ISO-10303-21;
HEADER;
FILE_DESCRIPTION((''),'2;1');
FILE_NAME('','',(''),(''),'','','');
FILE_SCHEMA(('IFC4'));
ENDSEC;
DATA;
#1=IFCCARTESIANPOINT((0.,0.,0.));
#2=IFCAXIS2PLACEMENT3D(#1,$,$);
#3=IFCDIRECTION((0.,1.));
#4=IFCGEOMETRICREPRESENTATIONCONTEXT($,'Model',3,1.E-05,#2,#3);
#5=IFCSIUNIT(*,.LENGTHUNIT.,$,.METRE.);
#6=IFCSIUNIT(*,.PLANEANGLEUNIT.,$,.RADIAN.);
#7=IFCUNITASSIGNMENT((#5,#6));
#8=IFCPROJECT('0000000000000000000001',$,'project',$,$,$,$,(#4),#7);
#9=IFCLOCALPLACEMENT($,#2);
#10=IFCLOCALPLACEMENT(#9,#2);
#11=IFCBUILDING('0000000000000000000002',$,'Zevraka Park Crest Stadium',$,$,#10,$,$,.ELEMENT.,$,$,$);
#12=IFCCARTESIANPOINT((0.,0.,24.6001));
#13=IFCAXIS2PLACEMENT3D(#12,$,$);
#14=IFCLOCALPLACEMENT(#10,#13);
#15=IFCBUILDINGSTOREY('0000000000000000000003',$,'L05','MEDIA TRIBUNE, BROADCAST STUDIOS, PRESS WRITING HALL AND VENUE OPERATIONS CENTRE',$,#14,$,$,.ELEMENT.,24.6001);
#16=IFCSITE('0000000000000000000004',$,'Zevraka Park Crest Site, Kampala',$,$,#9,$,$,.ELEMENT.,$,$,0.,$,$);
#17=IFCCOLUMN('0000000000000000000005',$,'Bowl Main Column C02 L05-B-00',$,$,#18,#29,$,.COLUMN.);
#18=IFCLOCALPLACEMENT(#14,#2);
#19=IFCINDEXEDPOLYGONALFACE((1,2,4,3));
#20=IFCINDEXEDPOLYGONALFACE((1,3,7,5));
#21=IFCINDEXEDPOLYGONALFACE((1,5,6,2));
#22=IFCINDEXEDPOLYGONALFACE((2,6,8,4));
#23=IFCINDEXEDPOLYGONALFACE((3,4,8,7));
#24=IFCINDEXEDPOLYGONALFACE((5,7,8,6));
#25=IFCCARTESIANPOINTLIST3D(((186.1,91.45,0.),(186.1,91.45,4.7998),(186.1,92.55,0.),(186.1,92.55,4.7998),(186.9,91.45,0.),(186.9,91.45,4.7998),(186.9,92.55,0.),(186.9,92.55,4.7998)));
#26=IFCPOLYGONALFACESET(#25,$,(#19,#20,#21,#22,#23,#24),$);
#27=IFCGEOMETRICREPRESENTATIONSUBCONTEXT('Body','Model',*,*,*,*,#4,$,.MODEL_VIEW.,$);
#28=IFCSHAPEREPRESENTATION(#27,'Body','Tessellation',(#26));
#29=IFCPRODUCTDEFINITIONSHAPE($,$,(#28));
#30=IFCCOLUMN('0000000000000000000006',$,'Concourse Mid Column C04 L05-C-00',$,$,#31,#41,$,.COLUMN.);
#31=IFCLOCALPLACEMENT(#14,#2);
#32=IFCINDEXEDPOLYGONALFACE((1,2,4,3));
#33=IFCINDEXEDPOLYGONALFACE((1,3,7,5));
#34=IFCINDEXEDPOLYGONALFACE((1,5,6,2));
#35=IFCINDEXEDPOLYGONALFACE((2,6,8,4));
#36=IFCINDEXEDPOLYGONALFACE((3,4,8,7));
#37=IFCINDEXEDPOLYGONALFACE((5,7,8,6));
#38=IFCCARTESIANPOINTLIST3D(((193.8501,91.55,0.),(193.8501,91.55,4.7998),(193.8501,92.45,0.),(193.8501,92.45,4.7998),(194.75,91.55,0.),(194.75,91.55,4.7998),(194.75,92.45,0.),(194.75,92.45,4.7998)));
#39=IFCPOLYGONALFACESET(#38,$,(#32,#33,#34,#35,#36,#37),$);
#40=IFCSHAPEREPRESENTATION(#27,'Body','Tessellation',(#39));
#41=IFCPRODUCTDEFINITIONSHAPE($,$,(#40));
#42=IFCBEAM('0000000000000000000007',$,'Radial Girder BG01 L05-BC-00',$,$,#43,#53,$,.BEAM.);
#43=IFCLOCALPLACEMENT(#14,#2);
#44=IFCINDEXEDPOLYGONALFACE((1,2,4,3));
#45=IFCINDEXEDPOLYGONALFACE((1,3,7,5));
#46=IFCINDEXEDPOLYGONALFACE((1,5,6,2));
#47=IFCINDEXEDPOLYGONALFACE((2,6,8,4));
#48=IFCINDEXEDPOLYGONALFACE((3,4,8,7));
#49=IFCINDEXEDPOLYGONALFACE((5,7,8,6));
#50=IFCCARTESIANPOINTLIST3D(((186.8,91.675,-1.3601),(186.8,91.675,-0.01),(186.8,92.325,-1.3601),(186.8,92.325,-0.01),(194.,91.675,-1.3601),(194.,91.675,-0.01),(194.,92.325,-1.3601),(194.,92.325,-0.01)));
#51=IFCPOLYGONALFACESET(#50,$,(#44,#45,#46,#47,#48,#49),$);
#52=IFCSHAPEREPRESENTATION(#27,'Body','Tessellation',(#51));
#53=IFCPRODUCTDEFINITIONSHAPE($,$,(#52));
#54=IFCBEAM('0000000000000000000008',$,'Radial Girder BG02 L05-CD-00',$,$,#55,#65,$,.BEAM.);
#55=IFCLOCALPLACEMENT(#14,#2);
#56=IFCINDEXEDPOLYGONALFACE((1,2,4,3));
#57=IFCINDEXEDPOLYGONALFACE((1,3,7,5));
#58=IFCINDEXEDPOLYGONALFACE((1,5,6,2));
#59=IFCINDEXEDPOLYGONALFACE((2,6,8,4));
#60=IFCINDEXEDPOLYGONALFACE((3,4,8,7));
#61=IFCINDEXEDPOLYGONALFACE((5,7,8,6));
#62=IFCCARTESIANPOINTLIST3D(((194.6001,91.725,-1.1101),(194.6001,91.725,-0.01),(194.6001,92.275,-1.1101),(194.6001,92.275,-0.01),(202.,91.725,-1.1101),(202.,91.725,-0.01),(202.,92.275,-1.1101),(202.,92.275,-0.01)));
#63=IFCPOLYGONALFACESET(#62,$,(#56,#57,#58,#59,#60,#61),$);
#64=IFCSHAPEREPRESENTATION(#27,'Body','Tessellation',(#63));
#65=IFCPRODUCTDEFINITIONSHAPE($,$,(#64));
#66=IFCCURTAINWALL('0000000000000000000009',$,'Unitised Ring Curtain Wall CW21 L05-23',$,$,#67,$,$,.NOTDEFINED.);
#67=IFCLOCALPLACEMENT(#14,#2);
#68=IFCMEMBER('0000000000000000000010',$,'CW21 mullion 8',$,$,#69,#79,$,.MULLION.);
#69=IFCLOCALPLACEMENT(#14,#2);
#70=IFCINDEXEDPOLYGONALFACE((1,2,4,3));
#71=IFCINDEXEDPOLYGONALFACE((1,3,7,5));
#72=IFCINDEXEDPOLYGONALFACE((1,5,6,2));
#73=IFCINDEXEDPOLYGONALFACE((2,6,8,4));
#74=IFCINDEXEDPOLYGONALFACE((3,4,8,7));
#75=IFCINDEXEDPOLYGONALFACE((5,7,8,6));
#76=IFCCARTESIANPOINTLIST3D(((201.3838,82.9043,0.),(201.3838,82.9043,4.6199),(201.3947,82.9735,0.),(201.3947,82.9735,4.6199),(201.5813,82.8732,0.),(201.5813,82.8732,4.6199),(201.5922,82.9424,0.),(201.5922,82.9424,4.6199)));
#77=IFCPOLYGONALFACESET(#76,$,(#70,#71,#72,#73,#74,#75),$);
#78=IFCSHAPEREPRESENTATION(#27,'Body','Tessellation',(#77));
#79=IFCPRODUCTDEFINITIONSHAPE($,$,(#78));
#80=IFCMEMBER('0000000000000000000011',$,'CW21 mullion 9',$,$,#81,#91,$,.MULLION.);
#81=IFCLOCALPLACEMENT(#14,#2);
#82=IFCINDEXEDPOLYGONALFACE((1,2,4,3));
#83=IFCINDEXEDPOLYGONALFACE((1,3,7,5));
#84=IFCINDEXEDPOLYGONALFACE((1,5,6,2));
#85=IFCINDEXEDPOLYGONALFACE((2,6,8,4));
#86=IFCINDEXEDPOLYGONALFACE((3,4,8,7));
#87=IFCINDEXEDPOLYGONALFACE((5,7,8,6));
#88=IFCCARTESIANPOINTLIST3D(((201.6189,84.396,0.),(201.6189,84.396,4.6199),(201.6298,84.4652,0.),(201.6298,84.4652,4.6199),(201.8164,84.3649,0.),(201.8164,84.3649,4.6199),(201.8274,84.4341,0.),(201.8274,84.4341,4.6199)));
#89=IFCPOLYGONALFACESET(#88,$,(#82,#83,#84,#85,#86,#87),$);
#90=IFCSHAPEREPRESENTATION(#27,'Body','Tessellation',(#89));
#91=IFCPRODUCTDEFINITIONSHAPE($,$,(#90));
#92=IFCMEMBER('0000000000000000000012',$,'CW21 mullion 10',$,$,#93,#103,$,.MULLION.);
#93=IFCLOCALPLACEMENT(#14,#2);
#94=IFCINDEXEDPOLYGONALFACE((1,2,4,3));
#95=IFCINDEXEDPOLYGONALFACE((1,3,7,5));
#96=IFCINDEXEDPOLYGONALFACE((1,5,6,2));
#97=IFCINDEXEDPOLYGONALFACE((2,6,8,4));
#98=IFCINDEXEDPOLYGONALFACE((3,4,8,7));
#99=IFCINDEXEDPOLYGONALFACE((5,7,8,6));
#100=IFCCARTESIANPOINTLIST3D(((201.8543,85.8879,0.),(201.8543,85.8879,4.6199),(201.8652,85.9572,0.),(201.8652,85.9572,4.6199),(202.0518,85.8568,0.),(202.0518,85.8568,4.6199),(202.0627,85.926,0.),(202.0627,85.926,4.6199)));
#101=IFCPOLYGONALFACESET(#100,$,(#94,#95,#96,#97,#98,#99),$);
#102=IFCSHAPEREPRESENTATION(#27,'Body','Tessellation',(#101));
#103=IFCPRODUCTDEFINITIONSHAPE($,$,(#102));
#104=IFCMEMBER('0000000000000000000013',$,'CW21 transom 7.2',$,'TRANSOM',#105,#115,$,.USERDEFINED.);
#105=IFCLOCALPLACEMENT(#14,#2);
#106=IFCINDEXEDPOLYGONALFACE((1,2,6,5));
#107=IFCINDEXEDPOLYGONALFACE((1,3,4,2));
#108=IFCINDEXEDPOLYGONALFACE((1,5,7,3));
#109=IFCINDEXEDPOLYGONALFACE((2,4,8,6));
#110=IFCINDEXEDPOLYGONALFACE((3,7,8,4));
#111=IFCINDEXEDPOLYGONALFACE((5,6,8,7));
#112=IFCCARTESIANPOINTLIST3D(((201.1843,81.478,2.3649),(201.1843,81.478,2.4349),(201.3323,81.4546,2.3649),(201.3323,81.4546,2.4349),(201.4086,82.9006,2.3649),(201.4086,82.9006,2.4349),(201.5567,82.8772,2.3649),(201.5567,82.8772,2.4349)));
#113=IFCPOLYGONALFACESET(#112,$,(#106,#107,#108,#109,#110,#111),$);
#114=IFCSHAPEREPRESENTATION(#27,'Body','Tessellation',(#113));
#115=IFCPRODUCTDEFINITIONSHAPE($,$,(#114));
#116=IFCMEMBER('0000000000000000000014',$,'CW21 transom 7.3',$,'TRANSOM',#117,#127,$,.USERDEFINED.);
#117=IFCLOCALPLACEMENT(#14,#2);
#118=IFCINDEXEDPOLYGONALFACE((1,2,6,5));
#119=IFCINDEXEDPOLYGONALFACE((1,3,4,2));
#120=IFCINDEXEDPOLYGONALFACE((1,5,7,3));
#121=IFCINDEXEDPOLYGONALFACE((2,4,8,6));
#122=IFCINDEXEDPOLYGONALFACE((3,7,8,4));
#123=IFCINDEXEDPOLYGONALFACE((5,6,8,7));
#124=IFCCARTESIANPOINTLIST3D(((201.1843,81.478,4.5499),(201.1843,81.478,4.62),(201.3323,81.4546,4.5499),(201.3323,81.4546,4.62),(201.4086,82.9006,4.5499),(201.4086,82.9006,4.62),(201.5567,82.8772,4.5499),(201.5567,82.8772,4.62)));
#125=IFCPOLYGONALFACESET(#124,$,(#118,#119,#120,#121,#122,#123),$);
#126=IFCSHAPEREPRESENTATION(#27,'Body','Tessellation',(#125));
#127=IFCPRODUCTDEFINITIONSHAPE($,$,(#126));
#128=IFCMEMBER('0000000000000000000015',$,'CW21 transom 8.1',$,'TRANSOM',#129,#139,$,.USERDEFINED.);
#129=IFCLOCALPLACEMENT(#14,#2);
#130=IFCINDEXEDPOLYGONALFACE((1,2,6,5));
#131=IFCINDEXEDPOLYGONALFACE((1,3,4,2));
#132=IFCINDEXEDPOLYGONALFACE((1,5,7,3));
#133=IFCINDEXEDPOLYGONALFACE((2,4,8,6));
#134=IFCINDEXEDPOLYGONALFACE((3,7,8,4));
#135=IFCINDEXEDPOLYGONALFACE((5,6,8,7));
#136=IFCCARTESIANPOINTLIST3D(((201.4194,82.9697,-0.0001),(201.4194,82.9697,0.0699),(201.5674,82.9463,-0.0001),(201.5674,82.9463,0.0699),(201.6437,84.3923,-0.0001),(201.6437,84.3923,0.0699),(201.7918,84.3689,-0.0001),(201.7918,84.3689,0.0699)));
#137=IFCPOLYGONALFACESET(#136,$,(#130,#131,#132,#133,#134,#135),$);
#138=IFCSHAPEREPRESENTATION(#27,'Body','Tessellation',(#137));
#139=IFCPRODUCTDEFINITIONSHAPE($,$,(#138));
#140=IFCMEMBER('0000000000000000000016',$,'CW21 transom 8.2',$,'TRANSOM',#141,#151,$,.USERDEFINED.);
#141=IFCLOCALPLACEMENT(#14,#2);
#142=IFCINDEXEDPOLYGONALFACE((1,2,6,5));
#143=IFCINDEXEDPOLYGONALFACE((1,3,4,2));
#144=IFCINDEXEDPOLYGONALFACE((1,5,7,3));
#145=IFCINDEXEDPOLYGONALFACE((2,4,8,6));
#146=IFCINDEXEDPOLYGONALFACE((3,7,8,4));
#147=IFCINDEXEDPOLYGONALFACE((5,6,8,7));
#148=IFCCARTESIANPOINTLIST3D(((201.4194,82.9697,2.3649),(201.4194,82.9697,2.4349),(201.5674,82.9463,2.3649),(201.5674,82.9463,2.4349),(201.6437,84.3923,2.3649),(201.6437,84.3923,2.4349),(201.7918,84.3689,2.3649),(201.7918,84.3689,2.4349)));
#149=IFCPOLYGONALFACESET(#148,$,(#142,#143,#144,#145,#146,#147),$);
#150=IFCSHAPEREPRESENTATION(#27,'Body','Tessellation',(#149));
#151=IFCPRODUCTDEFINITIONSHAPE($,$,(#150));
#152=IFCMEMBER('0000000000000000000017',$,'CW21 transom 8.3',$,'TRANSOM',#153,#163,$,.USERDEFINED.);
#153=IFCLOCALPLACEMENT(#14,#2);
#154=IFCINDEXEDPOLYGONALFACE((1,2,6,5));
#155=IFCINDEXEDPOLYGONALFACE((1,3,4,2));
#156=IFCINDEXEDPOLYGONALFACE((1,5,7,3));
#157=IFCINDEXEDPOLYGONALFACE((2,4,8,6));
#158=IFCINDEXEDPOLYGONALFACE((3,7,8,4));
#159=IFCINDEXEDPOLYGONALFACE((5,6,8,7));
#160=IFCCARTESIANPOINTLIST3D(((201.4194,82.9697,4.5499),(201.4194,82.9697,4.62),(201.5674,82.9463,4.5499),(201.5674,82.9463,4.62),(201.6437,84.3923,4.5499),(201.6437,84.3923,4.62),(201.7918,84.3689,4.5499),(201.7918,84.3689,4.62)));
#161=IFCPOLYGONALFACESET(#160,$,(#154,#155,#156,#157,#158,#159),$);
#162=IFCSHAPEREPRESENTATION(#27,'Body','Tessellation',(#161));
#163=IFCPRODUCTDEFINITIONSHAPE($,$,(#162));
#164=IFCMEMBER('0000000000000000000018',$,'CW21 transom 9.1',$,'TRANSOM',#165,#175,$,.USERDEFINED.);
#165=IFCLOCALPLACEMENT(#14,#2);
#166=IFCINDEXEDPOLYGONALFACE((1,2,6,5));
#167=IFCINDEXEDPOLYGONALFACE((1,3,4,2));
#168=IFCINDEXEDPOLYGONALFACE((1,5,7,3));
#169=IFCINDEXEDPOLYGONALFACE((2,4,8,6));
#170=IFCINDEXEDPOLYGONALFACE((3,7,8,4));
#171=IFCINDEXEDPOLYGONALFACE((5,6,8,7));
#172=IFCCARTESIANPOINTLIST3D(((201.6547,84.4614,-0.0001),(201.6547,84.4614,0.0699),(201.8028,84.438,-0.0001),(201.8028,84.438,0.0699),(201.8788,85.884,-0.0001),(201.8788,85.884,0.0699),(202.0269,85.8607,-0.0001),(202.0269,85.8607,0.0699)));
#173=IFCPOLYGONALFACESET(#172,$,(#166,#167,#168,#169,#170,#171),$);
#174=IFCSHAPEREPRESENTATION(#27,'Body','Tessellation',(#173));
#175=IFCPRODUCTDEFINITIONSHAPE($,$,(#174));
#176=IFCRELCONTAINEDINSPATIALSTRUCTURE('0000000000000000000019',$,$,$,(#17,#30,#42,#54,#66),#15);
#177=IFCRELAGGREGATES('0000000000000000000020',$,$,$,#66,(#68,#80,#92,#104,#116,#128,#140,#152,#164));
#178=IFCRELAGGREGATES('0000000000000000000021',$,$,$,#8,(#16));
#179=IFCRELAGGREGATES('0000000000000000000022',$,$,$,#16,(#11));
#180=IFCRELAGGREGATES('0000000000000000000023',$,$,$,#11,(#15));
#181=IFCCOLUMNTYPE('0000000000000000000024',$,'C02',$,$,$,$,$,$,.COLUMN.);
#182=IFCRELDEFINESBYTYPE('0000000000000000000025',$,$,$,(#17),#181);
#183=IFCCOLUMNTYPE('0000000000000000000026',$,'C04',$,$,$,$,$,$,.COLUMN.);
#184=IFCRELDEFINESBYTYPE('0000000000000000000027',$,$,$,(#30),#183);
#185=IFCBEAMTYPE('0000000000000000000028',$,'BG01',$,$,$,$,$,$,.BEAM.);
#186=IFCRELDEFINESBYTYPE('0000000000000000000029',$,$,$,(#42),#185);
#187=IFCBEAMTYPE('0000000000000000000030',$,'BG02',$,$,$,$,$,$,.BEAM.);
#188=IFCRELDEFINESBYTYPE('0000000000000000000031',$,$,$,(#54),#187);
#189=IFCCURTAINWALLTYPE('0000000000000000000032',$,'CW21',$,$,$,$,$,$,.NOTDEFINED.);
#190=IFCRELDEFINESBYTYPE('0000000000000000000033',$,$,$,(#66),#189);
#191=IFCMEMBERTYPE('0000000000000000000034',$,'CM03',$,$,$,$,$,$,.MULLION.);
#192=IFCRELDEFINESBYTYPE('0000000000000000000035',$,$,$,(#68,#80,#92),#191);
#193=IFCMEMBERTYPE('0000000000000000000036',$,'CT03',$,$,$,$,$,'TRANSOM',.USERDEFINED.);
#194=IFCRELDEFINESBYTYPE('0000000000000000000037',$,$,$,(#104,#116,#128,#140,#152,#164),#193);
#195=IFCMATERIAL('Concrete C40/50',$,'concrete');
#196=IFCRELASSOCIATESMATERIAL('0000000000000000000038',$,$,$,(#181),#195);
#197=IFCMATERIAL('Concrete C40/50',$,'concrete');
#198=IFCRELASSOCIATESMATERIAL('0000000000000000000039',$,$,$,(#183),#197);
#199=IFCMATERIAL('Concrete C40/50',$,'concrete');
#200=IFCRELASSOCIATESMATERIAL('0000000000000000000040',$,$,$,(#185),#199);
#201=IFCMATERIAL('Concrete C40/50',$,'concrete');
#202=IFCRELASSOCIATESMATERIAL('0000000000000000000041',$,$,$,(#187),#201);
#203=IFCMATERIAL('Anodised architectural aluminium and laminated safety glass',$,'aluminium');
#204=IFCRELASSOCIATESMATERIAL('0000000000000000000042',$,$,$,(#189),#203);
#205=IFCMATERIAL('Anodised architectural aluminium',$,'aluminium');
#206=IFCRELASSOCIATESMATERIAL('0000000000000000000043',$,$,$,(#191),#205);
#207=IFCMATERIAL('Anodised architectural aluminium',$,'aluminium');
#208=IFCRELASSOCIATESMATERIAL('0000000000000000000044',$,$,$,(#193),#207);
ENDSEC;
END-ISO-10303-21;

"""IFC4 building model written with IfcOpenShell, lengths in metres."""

from ifc_helpers import new_model, si_unit, direction, frame, origin, origin_2d, place, context, subcontext, project, spatial, rectangle, extrude, material, material_profile, profile_set, type_object, element, aggregate, save


model = new_model("IFC4")

# Units and contexts
model_context = context("Model", 3, precision=1e-05, world=origin(), true_north=direction((0.0, 1.0)))
body_context = subcontext(model_context, "Body", "Model", "MODEL_VIEW")
ifc_project = project(units=[si_unit("LENGTHUNIT", "METRE"), si_unit("PLANEANGLEUNIT", "RADIAN")], contexts=[model_context])

# Site, building, storey
site_placement = place(None, origin())
site = spatial("IfcSite", under=ifc_project, at=site_placement, Name="Zevraka Park Crest Site, Kampala", CompositionType="ELEMENT", RefElevation=0.0)
building_placement = place(site_placement, origin())
building = spatial("IfcBuilding", under=site, at=building_placement, Name="Zevraka Park Crest Stadium", CompositionType="ELEMENT")
storey_placement = place(building_placement, frame((0.0, 0.0, 24.6001)))
storey = spatial("IfcBuildingStorey", under=building, at=storey_placement, Name="L05", Description="MEDIA TRIBUNE, BROADCAST STUDIOS, PRESS WRITING HALL AND VENUE OPERATIONS CENTRE", CompositionType="ELEMENT", Elevation=24.6001)

# Columns
ifc_material_1 = material(Name="Concrete C40/50", Category="concrete")
ifc_material_profile_1 = material_profile(ifc_material_1, rectangle(XDim=0.8, YDim=1.1001, at=origin_2d()), Name="RC 1100x800")
ifc_profile_set_1 = profile_set([ifc_material_profile_1], Name="Concrete C40/50")
column_type_1 = type_object("IfcColumnType", Name="C02", PredefinedType="COLUMN", material=ifc_profile_set_1)
column_1_placement = place(storey_placement, frame((186.5, 92.0, 0.0), z_axis=(0.0, 0.0, 1.0), x_axis=(1.0, 0.0, 0.0)))
element("IfcColumn", 1, at=column_1_placement, inside=storey, type_object=column_type_1, Name="Bowl Main Column C02 L05-B-00", PredefinedType="COLUMN", context=body_context, shape_type="SweptSolid", body=[
    extrude(rectangle(XDim=0.8, YDim=1.1001, at=origin_2d()), origin(), (0.0, 0.0, 1.0), 4.7998),
])
ifc_material_2 = material(Name="Concrete C40/50", Category="concrete")
ifc_material_profile_2 = material_profile(ifc_material_2, rectangle(XDim=0.8999, YDim=0.8999, at=origin_2d()), Name="RC 900x900")
ifc_profile_set_2 = profile_set([ifc_material_profile_2], Name="Concrete C40/50")
column_type_2 = type_object("IfcColumnType", Name="C04", PredefinedType="COLUMN", material=ifc_profile_set_2)
column_2_placement = place(storey_placement, frame((194.3, 92.0, 0.0), z_axis=(0.0, 0.0, 1.0), x_axis=(1.0, 0.0, 0.0)))
element("IfcColumn", 2, at=column_2_placement, inside=storey, type_object=column_type_2, Name="Concourse Mid Column C04 L05-C-00", PredefinedType="COLUMN", context=body_context, shape_type="SweptSolid", body=[
    extrude(rectangle(XDim=0.8999, YDim=0.8999, at=origin_2d()), origin(), (0.0, 0.0, 1.0), 4.7998),
])

# Beams
ifc_material_3 = material(Name="Concrete C40/50", Category="concrete")
ifc_material_profile_3 = material_profile(ifc_material_3, rectangle(XDim=0.6499, YDim=1.3501, at=origin_2d()), Name="RC 1350x650")
ifc_profile_set_3 = profile_set([ifc_material_profile_3], Name="Concrete C40/50")
beam_type_1 = type_object("IfcBeamType", Name="BG01", PredefinedType="BEAM", material=ifc_profile_set_3)
beam_1_placement = place(storey_placement, frame((186.8, 92.0, -0.6851), z_axis=(1.0, 0.0, 0.0), x_axis=(0.0, 1.0, 0.0)))
element("IfcBeam", 3, at=beam_1_placement, inside=storey, type_object=beam_type_1, Name="Radial Girder BG01 L05-BC-00", PredefinedType="BEAM", context=body_context, shape_type="SweptSolid", body=[
    extrude(rectangle(XDim=0.6499, YDim=1.3501, at=origin_2d()), origin(), (0.0, 0.0, 1.0), 7.2),
])
ifc_material_4 = material(Name="Concrete C40/50", Category="concrete")
ifc_material_profile_4 = material_profile(ifc_material_4, rectangle(XDim=0.55, YDim=1.1001, at=origin_2d()), Name="RC 1100x550")
ifc_profile_set_4 = profile_set([ifc_material_profile_4], Name="Concrete C40/50")
beam_type_2 = type_object("IfcBeamType", Name="BG02", PredefinedType="BEAM", material=ifc_profile_set_4)
beam_2_placement = place(storey_placement, frame((194.6001, 92.0, -0.5601), z_axis=(1.0, 0.0, 0.0), x_axis=(0.0, 1.0, 0.0)))
element("IfcBeam", 4, at=beam_2_placement, inside=storey, type_object=beam_type_2, Name="Radial Girder BG02 L05-CD-00", PredefinedType="BEAM", context=body_context, shape_type="SweptSolid", body=[
    extrude(rectangle(XDim=0.55, YDim=1.1001, at=origin_2d()), origin(), (0.0, 0.0, 1.0), 7.3999),
])

# Curtain wall, members
ifc_material_5 = material(Name="Anodised architectural aluminium and laminated safety glass", Category="aluminium")
curtain_wall_type = type_object("IfcCurtainWallType", Name="CW21", PredefinedType="NOTDEFINED", material=ifc_material_5)
curtain_wall_placement = place(storey_placement, origin())
curtain_wall = element("IfcCurtainWall", 5, at=curtain_wall_placement, inside=storey, type_object=curtain_wall_type, Name="Unitised Ring Curtain Wall CW21 L05-23", PredefinedType="NOTDEFINED")
ifc_material_6 = material(Name="Anodised architectural aluminium", Category="aluminium")
ifc_material_profile_5 = material_profile(ifc_material_6, rectangle(XDim=0.2, YDim=0.0701, at=origin_2d()), Name="ALU MULLION 200x70")
ifc_profile_set_5 = profile_set([ifc_material_profile_5], Name="Anodised architectural aluminium")
member_type_1 = type_object("IfcMemberType", Name="CM03", PredefinedType="MULLION", material=ifc_profile_set_5)
member_1_placement = place(storey_placement, frame((201.488, 82.9233, 0.0), z_axis=(0.0, 0.0, 1.0), x_axis=(-0.987803, 0.155711, 0.0)))
member_1 = element("IfcMember", 6, at=member_1_placement, type_object=member_type_1, Name="CW21 mullion 8", PredefinedType="MULLION", context=body_context, shape_type="SweptSolid", body=[
    extrude(rectangle(XDim=0.2, YDim=0.0701, at=origin_2d()), origin(), (0.0, 0.0, 1.0), 4.6199),
])
member_2_placement = place(storey_placement, frame((201.7231, 84.415, 0.0), z_axis=(0.0, 0.0, 1.0), x_axis=(-0.987803, 0.155711, 0.0)))
member_2 = element("IfcMember", 7, at=member_2_placement, type_object=member_type_1, Name="CW21 mullion 9", PredefinedType="MULLION", context=body_context, shape_type="SweptSolid", body=[
    extrude(rectangle(XDim=0.2, YDim=0.0701, at=origin_2d()), origin(), (0.0, 0.0, 1.0), 4.6199),
])
member_3_placement = place(storey_placement, frame((201.9585, 85.907, 0.0), z_axis=(0.0, 0.0, 1.0), x_axis=(-0.987803, 0.155711, 0.0)))
member_3 = element("IfcMember", 8, at=member_3_placement, type_object=member_type_1, Name="CW21 mullion 10", PredefinedType="MULLION", context=body_context, shape_type="SweptSolid", body=[
    extrude(rectangle(XDim=0.2, YDim=0.0701, at=origin_2d()), origin(), (0.0, 0.0, 1.0), 4.6199),
])
ifc_material_7 = material(Name="Anodised architectural aluminium", Category="aluminium")
ifc_material_profile_6 = material_profile(ifc_material_7, rectangle(XDim=0.1499, YDim=0.0701, at=origin_2d()), Name="ALU TRANSOM 150x70")
ifc_profile_set_6 = profile_set([ifc_material_profile_6], Name="Anodised architectural aluminium")
member_type_2 = type_object("IfcMemberType", Name="CT03", ElementType="TRANSOM", PredefinedType="USERDEFINED", material=ifc_profile_set_6)
member_4_placement = place(storey_placement, frame((201.2583, 81.4663, 2.3999), z_axis=(0.155788, 0.98779, 0.0), x_axis=(-0.98779, 0.155788, 0.0)))
member_4 = element("IfcMember", 9, at=member_4_placement, type_object=member_type_2, Name="CW21 transom 7.2", ObjectType="TRANSOM", PredefinedType="USERDEFINED", context=body_context, shape_type="SweptSolid", body=[
    extrude(rectangle(XDim=0.1499, YDim=0.0701, at=origin_2d()), origin(), (0.0, 0.0, 1.0), 1.4402),
])
member_5_placement = place(storey_placement, frame((201.2583, 81.4663, 4.585), z_axis=(0.155788, 0.98779, 0.0), x_axis=(-0.98779, 0.155788, 0.0)))
member_5 = element("IfcMember", 10, at=member_5_placement, type_object=member_type_2, Name="CW21 transom 7.3", ObjectType="TRANSOM", PredefinedType="USERDEFINED", context=body_context, shape_type="SweptSolid", body=[
    extrude(rectangle(XDim=0.1499, YDim=0.0701, at=origin_2d()), origin(), (0.0, 0.0, 1.0), 1.4402),
])
member_6_placement = place(storey_placement, frame((201.4934, 82.958, 0.0349), z_axis=(0.155788, 0.98779, 0.0), x_axis=(-0.98779, 0.155788, 0.0)))
member_6 = element("IfcMember", 11, at=member_6_placement, type_object=member_type_2, Name="CW21 transom 8.1", ObjectType="TRANSOM", PredefinedType="USERDEFINED", context=body_context, shape_type="SweptSolid", body=[
    extrude(rectangle(XDim=0.1499, YDim=0.0701, at=origin_2d()), origin(), (0.0, 0.0, 1.0), 1.4402),
])
member_7_placement = place(storey_placement, frame((201.4934, 82.958, 2.3999), z_axis=(0.155788, 0.98779, 0.0), x_axis=(-0.98779, 0.155788, 0.0)))
member_7 = element("IfcMember", 12, at=member_7_placement, type_object=member_type_2, Name="CW21 transom 8.2", ObjectType="TRANSOM", PredefinedType="USERDEFINED", context=body_context, shape_type="SweptSolid", body=[
    extrude(rectangle(XDim=0.1499, YDim=0.0701, at=origin_2d()), origin(), (0.0, 0.0, 1.0), 1.4402),
])
member_8_placement = place(storey_placement, frame((201.4934, 82.958, 4.585), z_axis=(0.155788, 0.98779, 0.0), x_axis=(-0.98779, 0.155788, 0.0)))
member_8 = element("IfcMember", 13, at=member_8_placement, type_object=member_type_2, Name="CW21 transom 8.3", ObjectType="TRANSOM", PredefinedType="USERDEFINED", context=body_context, shape_type="SweptSolid", body=[
    extrude(rectangle(XDim=0.1499, YDim=0.0701, at=origin_2d()), origin(), (0.0, 0.0, 1.0), 1.4402),
])
member_9_placement = place(storey_placement, frame((201.7288, 84.4497, 0.0349), z_axis=(0.155623, 0.987817, 0.0), x_axis=(-0.987817, 0.155623, 0.0)))
member_9 = element("IfcMember", 14, at=member_9_placement, type_object=member_type_2, Name="CW21 transom 9.1", ObjectType="TRANSOM", PredefinedType="USERDEFINED", context=body_context, shape_type="SweptSolid", body=[
    extrude(rectangle(XDim=0.1499, YDim=0.0701, at=origin_2d()), origin(), (0.0, 0.0, 1.0), 1.4402),
])

aggregate(curtain_wall, [member_1, member_2, member_3, member_4, member_5, member_6, member_7, member_8, member_9])

save(model, "model.ifc")
